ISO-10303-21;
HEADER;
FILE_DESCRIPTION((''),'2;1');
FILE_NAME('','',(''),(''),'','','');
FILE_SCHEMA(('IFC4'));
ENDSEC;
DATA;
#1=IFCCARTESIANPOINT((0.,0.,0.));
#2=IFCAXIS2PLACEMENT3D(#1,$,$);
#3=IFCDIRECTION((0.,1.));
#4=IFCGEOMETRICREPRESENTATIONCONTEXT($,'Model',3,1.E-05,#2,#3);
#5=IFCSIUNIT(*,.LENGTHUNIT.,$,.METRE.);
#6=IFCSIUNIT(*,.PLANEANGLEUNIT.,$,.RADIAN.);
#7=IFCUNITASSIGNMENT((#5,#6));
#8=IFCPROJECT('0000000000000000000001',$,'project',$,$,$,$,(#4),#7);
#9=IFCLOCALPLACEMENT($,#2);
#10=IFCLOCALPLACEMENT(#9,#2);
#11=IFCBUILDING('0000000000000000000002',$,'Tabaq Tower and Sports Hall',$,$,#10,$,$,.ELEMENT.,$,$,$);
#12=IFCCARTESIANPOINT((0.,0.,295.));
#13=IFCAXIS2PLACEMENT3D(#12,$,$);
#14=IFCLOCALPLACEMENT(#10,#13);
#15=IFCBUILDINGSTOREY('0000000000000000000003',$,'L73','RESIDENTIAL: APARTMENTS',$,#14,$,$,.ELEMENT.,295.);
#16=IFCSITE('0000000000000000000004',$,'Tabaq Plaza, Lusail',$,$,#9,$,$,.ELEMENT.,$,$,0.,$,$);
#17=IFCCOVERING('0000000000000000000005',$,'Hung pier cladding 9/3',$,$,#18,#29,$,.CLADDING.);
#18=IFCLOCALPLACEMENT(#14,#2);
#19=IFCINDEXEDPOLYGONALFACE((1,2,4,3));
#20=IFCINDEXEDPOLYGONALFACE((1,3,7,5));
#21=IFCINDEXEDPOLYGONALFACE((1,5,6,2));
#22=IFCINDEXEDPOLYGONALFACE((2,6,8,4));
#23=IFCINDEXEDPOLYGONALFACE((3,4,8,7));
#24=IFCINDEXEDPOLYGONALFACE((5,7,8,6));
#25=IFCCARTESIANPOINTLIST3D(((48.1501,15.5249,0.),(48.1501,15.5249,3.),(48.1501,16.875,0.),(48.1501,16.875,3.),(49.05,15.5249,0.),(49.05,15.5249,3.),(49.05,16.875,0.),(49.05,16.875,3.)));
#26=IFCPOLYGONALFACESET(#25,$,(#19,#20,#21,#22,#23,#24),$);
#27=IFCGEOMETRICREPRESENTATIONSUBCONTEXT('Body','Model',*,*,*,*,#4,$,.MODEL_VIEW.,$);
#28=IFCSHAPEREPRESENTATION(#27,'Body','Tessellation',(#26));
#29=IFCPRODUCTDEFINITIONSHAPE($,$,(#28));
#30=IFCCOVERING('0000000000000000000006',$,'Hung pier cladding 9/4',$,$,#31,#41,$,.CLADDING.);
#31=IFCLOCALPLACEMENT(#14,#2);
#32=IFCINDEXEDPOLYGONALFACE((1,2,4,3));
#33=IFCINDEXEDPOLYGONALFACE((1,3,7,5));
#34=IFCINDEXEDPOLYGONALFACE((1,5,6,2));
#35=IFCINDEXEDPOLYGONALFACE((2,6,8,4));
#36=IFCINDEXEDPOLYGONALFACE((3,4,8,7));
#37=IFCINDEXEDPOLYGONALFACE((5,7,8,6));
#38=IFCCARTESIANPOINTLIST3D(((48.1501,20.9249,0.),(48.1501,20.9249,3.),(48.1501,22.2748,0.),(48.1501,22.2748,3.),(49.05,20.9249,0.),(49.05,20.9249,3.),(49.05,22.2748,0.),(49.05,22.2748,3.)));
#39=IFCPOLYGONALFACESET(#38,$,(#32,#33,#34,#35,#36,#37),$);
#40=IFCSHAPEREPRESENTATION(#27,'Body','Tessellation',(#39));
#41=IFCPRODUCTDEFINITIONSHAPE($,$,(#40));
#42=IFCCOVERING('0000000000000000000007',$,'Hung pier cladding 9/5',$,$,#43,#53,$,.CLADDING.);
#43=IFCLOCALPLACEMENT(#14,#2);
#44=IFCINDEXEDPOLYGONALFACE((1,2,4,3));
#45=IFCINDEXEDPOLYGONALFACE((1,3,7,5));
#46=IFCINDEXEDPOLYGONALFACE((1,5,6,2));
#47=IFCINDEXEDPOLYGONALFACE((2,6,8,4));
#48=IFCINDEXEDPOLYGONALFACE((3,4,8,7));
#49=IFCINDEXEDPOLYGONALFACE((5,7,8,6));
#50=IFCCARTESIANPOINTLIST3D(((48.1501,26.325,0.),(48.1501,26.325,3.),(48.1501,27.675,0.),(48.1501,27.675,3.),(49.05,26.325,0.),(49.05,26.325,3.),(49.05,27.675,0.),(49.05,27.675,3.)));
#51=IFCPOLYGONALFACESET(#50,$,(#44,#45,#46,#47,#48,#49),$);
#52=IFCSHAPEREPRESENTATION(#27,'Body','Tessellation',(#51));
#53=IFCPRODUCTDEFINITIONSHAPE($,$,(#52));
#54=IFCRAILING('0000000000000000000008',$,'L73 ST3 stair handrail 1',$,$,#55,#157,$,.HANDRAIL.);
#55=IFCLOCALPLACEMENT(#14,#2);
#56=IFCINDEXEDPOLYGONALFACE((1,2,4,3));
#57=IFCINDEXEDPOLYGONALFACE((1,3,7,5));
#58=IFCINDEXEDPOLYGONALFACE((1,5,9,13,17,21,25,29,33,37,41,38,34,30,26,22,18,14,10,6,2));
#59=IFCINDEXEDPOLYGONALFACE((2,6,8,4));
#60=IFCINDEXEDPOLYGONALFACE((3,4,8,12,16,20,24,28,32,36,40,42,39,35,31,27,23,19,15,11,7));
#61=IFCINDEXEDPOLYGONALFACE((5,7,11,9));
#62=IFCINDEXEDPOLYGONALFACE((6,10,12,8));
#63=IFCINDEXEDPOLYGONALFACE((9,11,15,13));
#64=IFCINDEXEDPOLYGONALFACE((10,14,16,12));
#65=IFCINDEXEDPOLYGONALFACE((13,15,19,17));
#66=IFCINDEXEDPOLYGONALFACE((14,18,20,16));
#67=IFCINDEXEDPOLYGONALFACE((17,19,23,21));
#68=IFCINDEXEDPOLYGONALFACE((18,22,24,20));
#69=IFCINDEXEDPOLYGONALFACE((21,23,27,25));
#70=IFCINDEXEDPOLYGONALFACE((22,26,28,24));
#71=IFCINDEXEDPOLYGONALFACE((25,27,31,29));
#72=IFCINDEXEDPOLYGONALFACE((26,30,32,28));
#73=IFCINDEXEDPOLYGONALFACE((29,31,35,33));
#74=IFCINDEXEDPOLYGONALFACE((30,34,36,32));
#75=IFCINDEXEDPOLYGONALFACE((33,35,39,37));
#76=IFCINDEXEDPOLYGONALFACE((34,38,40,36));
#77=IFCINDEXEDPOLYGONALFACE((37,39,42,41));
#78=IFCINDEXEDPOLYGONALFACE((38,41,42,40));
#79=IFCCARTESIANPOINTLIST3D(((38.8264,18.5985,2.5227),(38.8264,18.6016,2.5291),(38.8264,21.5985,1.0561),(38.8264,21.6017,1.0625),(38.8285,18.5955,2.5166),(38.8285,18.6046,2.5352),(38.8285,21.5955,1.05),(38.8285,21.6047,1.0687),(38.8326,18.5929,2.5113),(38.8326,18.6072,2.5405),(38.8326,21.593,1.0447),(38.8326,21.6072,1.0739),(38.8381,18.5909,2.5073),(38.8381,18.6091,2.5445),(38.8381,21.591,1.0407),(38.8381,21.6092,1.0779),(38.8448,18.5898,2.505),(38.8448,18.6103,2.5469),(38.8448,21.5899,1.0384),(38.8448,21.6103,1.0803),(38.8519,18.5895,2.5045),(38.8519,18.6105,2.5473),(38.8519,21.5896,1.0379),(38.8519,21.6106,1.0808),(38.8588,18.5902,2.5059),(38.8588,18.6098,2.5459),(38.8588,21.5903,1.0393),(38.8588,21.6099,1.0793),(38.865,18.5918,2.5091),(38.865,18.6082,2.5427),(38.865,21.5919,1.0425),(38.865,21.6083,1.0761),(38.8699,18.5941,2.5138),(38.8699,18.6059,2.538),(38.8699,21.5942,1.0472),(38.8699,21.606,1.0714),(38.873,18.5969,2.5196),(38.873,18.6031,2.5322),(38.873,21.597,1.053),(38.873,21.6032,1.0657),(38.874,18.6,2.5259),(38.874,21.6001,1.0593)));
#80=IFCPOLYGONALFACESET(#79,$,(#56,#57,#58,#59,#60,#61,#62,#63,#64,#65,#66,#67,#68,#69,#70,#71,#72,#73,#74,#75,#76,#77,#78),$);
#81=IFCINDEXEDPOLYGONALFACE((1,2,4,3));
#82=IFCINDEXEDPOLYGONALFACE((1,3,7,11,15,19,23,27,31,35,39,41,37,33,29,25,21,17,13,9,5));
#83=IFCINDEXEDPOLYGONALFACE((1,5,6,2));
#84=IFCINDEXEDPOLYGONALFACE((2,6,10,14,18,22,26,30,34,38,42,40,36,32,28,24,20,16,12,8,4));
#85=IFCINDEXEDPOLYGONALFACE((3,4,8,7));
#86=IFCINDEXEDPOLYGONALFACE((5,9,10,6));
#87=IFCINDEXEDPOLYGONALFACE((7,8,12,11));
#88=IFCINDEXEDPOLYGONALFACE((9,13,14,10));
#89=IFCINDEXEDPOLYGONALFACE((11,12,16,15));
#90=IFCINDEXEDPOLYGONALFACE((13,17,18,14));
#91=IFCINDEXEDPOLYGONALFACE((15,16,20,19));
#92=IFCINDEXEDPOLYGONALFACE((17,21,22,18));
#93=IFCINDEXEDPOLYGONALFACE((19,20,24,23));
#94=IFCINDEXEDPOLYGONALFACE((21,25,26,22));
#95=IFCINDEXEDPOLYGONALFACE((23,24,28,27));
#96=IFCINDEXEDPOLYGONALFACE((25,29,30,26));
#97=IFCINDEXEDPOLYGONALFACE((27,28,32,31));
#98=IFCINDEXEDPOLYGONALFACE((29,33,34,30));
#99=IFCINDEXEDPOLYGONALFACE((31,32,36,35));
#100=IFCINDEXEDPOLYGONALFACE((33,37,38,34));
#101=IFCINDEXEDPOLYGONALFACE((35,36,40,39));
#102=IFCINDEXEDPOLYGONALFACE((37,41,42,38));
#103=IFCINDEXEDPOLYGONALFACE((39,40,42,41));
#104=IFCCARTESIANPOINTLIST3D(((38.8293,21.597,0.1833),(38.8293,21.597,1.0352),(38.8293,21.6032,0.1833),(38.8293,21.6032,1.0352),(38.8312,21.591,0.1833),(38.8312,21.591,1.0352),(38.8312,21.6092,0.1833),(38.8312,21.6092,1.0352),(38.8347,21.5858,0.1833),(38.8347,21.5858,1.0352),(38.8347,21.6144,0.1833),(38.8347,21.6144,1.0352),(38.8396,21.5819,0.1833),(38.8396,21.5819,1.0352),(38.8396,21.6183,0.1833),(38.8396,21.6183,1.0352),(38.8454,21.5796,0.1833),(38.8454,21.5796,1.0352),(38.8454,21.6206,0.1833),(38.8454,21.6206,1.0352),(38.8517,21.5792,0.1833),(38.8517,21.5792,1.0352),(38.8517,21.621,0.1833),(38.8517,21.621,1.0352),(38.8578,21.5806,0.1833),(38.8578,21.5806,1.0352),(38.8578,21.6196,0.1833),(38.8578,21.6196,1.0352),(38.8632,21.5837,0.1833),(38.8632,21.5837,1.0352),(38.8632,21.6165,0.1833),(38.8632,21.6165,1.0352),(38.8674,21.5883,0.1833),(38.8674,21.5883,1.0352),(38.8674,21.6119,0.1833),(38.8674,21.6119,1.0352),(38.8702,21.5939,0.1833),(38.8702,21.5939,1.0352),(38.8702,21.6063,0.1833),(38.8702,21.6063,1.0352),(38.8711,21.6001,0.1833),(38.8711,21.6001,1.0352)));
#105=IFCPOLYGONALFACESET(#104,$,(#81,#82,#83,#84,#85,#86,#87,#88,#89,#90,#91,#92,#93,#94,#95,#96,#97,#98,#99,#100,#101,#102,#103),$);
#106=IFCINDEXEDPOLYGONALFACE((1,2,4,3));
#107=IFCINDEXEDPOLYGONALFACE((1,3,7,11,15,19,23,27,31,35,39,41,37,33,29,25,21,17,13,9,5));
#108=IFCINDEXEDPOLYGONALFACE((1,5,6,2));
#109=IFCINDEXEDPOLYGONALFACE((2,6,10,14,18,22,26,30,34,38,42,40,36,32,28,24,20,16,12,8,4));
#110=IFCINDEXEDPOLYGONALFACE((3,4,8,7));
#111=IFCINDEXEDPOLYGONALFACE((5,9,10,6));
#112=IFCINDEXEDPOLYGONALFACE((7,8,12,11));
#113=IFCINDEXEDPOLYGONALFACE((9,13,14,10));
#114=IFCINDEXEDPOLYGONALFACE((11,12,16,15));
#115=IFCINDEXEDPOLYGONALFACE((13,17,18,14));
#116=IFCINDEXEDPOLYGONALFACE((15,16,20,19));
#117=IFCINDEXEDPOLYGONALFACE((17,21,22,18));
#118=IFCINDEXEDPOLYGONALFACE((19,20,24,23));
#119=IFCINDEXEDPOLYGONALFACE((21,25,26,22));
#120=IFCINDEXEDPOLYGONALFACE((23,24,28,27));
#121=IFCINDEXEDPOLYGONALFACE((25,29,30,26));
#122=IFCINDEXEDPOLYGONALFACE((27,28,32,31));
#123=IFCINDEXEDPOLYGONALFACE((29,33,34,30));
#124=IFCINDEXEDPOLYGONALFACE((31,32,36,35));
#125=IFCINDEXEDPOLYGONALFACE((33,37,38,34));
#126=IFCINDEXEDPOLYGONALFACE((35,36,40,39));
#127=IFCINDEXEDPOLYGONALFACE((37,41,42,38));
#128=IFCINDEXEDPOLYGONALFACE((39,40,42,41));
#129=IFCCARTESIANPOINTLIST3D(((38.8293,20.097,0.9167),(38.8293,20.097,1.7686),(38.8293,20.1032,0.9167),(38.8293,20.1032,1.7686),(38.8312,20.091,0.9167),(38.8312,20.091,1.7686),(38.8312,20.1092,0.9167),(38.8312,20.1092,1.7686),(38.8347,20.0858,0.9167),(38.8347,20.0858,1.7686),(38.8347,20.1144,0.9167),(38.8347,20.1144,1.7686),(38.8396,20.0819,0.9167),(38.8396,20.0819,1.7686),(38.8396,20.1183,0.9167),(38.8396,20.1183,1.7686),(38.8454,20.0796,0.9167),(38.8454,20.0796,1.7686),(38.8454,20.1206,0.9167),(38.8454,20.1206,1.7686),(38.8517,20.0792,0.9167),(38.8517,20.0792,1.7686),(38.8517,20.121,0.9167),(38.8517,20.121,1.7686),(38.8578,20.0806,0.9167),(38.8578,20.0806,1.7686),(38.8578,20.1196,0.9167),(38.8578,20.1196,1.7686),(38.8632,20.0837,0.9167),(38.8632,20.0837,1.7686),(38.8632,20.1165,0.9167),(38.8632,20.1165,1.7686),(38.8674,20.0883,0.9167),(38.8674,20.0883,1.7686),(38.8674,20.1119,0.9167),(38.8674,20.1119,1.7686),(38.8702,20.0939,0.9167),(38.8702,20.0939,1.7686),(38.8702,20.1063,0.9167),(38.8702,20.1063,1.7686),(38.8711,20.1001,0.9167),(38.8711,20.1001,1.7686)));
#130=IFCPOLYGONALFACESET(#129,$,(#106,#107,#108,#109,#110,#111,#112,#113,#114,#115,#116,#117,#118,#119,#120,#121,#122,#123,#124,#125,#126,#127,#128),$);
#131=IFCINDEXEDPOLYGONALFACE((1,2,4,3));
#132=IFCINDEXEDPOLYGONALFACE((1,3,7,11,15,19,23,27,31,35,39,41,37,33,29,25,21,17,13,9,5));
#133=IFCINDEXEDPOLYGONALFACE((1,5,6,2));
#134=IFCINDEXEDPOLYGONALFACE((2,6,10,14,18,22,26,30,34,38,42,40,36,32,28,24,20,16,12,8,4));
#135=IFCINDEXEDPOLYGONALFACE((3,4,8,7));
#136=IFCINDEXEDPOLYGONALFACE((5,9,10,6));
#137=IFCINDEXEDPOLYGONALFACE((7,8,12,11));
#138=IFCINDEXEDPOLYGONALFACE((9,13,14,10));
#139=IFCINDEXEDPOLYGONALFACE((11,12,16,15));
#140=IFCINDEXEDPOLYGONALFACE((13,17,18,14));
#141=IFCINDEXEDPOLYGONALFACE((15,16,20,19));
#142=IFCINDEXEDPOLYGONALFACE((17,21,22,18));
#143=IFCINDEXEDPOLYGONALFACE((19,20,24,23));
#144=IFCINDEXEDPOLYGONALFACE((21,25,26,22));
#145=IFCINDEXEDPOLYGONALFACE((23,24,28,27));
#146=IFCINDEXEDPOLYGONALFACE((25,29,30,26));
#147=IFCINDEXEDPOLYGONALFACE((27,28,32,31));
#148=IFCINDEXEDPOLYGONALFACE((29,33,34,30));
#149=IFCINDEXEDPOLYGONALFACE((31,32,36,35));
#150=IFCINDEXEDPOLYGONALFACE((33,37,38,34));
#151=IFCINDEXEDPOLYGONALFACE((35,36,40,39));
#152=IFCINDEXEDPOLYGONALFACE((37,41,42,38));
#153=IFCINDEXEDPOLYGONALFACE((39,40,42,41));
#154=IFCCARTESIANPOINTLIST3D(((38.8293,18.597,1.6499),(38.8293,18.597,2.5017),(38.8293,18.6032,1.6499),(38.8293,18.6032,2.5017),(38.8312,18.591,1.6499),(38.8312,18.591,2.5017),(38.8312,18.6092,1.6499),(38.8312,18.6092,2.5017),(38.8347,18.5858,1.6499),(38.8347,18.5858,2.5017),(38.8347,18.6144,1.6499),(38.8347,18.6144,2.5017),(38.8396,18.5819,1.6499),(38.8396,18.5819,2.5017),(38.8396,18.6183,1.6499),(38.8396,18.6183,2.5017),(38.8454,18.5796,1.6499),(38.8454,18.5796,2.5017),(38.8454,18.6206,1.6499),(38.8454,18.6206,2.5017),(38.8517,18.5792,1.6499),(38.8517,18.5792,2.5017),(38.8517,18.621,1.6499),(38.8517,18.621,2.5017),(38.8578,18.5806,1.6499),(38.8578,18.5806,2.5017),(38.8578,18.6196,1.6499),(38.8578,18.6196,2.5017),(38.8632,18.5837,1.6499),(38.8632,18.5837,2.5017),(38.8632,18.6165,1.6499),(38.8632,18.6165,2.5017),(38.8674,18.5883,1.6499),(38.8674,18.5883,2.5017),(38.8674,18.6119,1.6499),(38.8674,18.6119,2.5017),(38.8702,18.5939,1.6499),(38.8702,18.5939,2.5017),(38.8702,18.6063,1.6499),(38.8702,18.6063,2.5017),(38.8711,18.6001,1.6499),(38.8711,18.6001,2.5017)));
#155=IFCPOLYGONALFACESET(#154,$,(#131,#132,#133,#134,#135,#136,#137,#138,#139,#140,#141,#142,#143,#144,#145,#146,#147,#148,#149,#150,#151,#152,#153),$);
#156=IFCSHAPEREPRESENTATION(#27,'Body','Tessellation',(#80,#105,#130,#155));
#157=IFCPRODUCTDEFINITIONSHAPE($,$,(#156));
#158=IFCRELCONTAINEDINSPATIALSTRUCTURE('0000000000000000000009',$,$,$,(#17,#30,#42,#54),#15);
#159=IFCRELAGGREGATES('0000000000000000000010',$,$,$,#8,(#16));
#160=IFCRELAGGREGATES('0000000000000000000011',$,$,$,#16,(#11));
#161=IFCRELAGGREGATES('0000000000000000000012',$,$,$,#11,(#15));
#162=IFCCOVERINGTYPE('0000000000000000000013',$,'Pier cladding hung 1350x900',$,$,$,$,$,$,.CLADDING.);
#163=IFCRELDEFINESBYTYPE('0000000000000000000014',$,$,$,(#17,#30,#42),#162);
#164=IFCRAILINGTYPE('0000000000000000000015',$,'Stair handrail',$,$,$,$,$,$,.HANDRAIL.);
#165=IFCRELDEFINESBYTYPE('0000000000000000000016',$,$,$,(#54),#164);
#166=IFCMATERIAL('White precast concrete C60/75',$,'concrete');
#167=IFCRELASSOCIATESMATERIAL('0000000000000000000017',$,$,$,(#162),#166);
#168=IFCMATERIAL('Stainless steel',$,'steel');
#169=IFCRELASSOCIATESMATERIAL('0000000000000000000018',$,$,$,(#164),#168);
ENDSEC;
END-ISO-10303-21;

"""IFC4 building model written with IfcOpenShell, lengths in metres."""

from ifc_helpers import new_model, si_unit, direction, frame, frame_2d, origin, origin_2d, place, context, subcontext, project, spatial, rectangle, circle, extrude, material, type_object, element, save


model = new_model("IFC4")

# Units and contexts
model_context = context("Model", 3, precision=1e-05, world=origin(), true_north=direction((0.0, 1.0)))
body_context = subcontext(model_context, "Body", "Model", "MODEL_VIEW")
ifc_project = project(units=[si_unit("LENGTHUNIT", "METRE"), si_unit("PLANEANGLEUNIT", "RADIAN")], contexts=[model_context])

# Site, building, storey
site_placement = place(None, origin())
site = spatial("IfcSite", under=ifc_project, at=site_placement, Name="Tabaq Plaza, Lusail", CompositionType="ELEMENT", RefElevation=0.0)
building_placement = place(site_placement, origin())
building = spatial("IfcBuilding", under=site, at=building_placement, Name="Tabaq Tower and Sports Hall", CompositionType="ELEMENT")
storey_placement = place(building_placement, frame((0.0, 0.0, 295.0)))
storey = spatial("IfcBuildingStorey", under=building, at=storey_placement, Name="L73", Description="RESIDENTIAL: APARTMENTS", CompositionType="ELEMENT", Elevation=295.0)

# Coverings
ifc_material_1 = material(Name="White precast concrete C60/75", Category="concrete")
covering_type_1 = type_object("IfcCoveringType", Name="Pier cladding hung 1350x900", PredefinedType="CLADDING", material=ifc_material_1)
covering_1_placement = place(storey_placement, frame((48.6001, 15.5249, 0.0), z_axis=(0.0, 0.0, 1.0), x_axis=(0.0, 1.0, 0.0)))
element("IfcCovering", 1, at=covering_1_placement, inside=storey, type_object=covering_type_1, Name="Hung pier cladding 9/3", PredefinedType="CLADDING", context=body_context, shape_type="SweptSolid", body=[
    extrude(rectangle(XDim=1.3501, YDim=0.8999, at=frame_2d((0.675, 0.0))), origin(), (0.0, 0.0, 1.0), 3.0),
])
covering_2_placement = place(storey_placement, frame((48.6001, 20.925, 0.0), z_axis=(0.0, 0.0, 1.0), x_axis=(0.0, 1.0, 0.0)))
element("IfcCovering", 2, at=covering_2_placement, inside=storey, type_object=covering_type_1, Name="Hung pier cladding 9/4", PredefinedType="CLADDING", context=body_context, shape_type="SweptSolid", body=[
    extrude(rectangle(XDim=1.3499, YDim=0.8999, at=frame_2d((0.6748, 0.0))), origin(), (0.0, 0.0, 1.0), 3.0),
])
covering_3_placement = place(storey_placement, frame((48.6001, 26.325, 0.0), z_axis=(0.0, 0.0, 1.0), x_axis=(0.0, 1.0, 0.0)))
element("IfcCovering", 3, at=covering_3_placement, inside=storey, type_object=covering_type_1, Name="Hung pier cladding 9/5", PredefinedType="CLADDING", context=body_context, shape_type="SweptSolid", body=[
    extrude(rectangle(XDim=1.3501, YDim=0.8999, at=frame_2d((0.675, 0.0))), origin(), (0.0, 0.0, 1.0), 3.0),
])

# Railing
ifc_material_2 = material(Name="Stainless steel", Category="steel")
railing_type_1 = type_object("IfcRailingType", Name="Stair handrail", PredefinedType="HANDRAIL", material=ifc_material_2)
railing_1_placement = place(storey_placement, frame((38.8501, 21.6001, 0.1833)))
element("IfcRailing", 4, at=railing_1_placement, inside=storey, type_object=railing_type_1, Name="L73 ST3 stair handrail 1", PredefinedType="HANDRAIL", context=body_context, shape_type="SweptSolid", body=[
    extrude(circle(Radius=0.0239, at=origin_2d()), frame((0.0, 0.0, 0.876), z_axis=(0.0, -0.898398, 0.439183), x_axis=(1.0, 0.0, 0.0)), (0.0, 0.0, 1.0), 3.3394),
    extrude(circle(Radius=0.021, at=origin_2d()), origin(), (0.0, 0.0, 1.0), 0.8518),
    extrude(circle(Radius=0.021, at=origin_2d()), frame((0.0, -1.5, 0.7334)), (0.0, 0.0, 1.0), 0.8518),
    extrude(circle(Radius=0.021, at=origin_2d()), frame((0.0, -3.0, 1.4666)), (0.0, 0.0, 1.0), 0.8518),
])

save(model, "model.ifc")
